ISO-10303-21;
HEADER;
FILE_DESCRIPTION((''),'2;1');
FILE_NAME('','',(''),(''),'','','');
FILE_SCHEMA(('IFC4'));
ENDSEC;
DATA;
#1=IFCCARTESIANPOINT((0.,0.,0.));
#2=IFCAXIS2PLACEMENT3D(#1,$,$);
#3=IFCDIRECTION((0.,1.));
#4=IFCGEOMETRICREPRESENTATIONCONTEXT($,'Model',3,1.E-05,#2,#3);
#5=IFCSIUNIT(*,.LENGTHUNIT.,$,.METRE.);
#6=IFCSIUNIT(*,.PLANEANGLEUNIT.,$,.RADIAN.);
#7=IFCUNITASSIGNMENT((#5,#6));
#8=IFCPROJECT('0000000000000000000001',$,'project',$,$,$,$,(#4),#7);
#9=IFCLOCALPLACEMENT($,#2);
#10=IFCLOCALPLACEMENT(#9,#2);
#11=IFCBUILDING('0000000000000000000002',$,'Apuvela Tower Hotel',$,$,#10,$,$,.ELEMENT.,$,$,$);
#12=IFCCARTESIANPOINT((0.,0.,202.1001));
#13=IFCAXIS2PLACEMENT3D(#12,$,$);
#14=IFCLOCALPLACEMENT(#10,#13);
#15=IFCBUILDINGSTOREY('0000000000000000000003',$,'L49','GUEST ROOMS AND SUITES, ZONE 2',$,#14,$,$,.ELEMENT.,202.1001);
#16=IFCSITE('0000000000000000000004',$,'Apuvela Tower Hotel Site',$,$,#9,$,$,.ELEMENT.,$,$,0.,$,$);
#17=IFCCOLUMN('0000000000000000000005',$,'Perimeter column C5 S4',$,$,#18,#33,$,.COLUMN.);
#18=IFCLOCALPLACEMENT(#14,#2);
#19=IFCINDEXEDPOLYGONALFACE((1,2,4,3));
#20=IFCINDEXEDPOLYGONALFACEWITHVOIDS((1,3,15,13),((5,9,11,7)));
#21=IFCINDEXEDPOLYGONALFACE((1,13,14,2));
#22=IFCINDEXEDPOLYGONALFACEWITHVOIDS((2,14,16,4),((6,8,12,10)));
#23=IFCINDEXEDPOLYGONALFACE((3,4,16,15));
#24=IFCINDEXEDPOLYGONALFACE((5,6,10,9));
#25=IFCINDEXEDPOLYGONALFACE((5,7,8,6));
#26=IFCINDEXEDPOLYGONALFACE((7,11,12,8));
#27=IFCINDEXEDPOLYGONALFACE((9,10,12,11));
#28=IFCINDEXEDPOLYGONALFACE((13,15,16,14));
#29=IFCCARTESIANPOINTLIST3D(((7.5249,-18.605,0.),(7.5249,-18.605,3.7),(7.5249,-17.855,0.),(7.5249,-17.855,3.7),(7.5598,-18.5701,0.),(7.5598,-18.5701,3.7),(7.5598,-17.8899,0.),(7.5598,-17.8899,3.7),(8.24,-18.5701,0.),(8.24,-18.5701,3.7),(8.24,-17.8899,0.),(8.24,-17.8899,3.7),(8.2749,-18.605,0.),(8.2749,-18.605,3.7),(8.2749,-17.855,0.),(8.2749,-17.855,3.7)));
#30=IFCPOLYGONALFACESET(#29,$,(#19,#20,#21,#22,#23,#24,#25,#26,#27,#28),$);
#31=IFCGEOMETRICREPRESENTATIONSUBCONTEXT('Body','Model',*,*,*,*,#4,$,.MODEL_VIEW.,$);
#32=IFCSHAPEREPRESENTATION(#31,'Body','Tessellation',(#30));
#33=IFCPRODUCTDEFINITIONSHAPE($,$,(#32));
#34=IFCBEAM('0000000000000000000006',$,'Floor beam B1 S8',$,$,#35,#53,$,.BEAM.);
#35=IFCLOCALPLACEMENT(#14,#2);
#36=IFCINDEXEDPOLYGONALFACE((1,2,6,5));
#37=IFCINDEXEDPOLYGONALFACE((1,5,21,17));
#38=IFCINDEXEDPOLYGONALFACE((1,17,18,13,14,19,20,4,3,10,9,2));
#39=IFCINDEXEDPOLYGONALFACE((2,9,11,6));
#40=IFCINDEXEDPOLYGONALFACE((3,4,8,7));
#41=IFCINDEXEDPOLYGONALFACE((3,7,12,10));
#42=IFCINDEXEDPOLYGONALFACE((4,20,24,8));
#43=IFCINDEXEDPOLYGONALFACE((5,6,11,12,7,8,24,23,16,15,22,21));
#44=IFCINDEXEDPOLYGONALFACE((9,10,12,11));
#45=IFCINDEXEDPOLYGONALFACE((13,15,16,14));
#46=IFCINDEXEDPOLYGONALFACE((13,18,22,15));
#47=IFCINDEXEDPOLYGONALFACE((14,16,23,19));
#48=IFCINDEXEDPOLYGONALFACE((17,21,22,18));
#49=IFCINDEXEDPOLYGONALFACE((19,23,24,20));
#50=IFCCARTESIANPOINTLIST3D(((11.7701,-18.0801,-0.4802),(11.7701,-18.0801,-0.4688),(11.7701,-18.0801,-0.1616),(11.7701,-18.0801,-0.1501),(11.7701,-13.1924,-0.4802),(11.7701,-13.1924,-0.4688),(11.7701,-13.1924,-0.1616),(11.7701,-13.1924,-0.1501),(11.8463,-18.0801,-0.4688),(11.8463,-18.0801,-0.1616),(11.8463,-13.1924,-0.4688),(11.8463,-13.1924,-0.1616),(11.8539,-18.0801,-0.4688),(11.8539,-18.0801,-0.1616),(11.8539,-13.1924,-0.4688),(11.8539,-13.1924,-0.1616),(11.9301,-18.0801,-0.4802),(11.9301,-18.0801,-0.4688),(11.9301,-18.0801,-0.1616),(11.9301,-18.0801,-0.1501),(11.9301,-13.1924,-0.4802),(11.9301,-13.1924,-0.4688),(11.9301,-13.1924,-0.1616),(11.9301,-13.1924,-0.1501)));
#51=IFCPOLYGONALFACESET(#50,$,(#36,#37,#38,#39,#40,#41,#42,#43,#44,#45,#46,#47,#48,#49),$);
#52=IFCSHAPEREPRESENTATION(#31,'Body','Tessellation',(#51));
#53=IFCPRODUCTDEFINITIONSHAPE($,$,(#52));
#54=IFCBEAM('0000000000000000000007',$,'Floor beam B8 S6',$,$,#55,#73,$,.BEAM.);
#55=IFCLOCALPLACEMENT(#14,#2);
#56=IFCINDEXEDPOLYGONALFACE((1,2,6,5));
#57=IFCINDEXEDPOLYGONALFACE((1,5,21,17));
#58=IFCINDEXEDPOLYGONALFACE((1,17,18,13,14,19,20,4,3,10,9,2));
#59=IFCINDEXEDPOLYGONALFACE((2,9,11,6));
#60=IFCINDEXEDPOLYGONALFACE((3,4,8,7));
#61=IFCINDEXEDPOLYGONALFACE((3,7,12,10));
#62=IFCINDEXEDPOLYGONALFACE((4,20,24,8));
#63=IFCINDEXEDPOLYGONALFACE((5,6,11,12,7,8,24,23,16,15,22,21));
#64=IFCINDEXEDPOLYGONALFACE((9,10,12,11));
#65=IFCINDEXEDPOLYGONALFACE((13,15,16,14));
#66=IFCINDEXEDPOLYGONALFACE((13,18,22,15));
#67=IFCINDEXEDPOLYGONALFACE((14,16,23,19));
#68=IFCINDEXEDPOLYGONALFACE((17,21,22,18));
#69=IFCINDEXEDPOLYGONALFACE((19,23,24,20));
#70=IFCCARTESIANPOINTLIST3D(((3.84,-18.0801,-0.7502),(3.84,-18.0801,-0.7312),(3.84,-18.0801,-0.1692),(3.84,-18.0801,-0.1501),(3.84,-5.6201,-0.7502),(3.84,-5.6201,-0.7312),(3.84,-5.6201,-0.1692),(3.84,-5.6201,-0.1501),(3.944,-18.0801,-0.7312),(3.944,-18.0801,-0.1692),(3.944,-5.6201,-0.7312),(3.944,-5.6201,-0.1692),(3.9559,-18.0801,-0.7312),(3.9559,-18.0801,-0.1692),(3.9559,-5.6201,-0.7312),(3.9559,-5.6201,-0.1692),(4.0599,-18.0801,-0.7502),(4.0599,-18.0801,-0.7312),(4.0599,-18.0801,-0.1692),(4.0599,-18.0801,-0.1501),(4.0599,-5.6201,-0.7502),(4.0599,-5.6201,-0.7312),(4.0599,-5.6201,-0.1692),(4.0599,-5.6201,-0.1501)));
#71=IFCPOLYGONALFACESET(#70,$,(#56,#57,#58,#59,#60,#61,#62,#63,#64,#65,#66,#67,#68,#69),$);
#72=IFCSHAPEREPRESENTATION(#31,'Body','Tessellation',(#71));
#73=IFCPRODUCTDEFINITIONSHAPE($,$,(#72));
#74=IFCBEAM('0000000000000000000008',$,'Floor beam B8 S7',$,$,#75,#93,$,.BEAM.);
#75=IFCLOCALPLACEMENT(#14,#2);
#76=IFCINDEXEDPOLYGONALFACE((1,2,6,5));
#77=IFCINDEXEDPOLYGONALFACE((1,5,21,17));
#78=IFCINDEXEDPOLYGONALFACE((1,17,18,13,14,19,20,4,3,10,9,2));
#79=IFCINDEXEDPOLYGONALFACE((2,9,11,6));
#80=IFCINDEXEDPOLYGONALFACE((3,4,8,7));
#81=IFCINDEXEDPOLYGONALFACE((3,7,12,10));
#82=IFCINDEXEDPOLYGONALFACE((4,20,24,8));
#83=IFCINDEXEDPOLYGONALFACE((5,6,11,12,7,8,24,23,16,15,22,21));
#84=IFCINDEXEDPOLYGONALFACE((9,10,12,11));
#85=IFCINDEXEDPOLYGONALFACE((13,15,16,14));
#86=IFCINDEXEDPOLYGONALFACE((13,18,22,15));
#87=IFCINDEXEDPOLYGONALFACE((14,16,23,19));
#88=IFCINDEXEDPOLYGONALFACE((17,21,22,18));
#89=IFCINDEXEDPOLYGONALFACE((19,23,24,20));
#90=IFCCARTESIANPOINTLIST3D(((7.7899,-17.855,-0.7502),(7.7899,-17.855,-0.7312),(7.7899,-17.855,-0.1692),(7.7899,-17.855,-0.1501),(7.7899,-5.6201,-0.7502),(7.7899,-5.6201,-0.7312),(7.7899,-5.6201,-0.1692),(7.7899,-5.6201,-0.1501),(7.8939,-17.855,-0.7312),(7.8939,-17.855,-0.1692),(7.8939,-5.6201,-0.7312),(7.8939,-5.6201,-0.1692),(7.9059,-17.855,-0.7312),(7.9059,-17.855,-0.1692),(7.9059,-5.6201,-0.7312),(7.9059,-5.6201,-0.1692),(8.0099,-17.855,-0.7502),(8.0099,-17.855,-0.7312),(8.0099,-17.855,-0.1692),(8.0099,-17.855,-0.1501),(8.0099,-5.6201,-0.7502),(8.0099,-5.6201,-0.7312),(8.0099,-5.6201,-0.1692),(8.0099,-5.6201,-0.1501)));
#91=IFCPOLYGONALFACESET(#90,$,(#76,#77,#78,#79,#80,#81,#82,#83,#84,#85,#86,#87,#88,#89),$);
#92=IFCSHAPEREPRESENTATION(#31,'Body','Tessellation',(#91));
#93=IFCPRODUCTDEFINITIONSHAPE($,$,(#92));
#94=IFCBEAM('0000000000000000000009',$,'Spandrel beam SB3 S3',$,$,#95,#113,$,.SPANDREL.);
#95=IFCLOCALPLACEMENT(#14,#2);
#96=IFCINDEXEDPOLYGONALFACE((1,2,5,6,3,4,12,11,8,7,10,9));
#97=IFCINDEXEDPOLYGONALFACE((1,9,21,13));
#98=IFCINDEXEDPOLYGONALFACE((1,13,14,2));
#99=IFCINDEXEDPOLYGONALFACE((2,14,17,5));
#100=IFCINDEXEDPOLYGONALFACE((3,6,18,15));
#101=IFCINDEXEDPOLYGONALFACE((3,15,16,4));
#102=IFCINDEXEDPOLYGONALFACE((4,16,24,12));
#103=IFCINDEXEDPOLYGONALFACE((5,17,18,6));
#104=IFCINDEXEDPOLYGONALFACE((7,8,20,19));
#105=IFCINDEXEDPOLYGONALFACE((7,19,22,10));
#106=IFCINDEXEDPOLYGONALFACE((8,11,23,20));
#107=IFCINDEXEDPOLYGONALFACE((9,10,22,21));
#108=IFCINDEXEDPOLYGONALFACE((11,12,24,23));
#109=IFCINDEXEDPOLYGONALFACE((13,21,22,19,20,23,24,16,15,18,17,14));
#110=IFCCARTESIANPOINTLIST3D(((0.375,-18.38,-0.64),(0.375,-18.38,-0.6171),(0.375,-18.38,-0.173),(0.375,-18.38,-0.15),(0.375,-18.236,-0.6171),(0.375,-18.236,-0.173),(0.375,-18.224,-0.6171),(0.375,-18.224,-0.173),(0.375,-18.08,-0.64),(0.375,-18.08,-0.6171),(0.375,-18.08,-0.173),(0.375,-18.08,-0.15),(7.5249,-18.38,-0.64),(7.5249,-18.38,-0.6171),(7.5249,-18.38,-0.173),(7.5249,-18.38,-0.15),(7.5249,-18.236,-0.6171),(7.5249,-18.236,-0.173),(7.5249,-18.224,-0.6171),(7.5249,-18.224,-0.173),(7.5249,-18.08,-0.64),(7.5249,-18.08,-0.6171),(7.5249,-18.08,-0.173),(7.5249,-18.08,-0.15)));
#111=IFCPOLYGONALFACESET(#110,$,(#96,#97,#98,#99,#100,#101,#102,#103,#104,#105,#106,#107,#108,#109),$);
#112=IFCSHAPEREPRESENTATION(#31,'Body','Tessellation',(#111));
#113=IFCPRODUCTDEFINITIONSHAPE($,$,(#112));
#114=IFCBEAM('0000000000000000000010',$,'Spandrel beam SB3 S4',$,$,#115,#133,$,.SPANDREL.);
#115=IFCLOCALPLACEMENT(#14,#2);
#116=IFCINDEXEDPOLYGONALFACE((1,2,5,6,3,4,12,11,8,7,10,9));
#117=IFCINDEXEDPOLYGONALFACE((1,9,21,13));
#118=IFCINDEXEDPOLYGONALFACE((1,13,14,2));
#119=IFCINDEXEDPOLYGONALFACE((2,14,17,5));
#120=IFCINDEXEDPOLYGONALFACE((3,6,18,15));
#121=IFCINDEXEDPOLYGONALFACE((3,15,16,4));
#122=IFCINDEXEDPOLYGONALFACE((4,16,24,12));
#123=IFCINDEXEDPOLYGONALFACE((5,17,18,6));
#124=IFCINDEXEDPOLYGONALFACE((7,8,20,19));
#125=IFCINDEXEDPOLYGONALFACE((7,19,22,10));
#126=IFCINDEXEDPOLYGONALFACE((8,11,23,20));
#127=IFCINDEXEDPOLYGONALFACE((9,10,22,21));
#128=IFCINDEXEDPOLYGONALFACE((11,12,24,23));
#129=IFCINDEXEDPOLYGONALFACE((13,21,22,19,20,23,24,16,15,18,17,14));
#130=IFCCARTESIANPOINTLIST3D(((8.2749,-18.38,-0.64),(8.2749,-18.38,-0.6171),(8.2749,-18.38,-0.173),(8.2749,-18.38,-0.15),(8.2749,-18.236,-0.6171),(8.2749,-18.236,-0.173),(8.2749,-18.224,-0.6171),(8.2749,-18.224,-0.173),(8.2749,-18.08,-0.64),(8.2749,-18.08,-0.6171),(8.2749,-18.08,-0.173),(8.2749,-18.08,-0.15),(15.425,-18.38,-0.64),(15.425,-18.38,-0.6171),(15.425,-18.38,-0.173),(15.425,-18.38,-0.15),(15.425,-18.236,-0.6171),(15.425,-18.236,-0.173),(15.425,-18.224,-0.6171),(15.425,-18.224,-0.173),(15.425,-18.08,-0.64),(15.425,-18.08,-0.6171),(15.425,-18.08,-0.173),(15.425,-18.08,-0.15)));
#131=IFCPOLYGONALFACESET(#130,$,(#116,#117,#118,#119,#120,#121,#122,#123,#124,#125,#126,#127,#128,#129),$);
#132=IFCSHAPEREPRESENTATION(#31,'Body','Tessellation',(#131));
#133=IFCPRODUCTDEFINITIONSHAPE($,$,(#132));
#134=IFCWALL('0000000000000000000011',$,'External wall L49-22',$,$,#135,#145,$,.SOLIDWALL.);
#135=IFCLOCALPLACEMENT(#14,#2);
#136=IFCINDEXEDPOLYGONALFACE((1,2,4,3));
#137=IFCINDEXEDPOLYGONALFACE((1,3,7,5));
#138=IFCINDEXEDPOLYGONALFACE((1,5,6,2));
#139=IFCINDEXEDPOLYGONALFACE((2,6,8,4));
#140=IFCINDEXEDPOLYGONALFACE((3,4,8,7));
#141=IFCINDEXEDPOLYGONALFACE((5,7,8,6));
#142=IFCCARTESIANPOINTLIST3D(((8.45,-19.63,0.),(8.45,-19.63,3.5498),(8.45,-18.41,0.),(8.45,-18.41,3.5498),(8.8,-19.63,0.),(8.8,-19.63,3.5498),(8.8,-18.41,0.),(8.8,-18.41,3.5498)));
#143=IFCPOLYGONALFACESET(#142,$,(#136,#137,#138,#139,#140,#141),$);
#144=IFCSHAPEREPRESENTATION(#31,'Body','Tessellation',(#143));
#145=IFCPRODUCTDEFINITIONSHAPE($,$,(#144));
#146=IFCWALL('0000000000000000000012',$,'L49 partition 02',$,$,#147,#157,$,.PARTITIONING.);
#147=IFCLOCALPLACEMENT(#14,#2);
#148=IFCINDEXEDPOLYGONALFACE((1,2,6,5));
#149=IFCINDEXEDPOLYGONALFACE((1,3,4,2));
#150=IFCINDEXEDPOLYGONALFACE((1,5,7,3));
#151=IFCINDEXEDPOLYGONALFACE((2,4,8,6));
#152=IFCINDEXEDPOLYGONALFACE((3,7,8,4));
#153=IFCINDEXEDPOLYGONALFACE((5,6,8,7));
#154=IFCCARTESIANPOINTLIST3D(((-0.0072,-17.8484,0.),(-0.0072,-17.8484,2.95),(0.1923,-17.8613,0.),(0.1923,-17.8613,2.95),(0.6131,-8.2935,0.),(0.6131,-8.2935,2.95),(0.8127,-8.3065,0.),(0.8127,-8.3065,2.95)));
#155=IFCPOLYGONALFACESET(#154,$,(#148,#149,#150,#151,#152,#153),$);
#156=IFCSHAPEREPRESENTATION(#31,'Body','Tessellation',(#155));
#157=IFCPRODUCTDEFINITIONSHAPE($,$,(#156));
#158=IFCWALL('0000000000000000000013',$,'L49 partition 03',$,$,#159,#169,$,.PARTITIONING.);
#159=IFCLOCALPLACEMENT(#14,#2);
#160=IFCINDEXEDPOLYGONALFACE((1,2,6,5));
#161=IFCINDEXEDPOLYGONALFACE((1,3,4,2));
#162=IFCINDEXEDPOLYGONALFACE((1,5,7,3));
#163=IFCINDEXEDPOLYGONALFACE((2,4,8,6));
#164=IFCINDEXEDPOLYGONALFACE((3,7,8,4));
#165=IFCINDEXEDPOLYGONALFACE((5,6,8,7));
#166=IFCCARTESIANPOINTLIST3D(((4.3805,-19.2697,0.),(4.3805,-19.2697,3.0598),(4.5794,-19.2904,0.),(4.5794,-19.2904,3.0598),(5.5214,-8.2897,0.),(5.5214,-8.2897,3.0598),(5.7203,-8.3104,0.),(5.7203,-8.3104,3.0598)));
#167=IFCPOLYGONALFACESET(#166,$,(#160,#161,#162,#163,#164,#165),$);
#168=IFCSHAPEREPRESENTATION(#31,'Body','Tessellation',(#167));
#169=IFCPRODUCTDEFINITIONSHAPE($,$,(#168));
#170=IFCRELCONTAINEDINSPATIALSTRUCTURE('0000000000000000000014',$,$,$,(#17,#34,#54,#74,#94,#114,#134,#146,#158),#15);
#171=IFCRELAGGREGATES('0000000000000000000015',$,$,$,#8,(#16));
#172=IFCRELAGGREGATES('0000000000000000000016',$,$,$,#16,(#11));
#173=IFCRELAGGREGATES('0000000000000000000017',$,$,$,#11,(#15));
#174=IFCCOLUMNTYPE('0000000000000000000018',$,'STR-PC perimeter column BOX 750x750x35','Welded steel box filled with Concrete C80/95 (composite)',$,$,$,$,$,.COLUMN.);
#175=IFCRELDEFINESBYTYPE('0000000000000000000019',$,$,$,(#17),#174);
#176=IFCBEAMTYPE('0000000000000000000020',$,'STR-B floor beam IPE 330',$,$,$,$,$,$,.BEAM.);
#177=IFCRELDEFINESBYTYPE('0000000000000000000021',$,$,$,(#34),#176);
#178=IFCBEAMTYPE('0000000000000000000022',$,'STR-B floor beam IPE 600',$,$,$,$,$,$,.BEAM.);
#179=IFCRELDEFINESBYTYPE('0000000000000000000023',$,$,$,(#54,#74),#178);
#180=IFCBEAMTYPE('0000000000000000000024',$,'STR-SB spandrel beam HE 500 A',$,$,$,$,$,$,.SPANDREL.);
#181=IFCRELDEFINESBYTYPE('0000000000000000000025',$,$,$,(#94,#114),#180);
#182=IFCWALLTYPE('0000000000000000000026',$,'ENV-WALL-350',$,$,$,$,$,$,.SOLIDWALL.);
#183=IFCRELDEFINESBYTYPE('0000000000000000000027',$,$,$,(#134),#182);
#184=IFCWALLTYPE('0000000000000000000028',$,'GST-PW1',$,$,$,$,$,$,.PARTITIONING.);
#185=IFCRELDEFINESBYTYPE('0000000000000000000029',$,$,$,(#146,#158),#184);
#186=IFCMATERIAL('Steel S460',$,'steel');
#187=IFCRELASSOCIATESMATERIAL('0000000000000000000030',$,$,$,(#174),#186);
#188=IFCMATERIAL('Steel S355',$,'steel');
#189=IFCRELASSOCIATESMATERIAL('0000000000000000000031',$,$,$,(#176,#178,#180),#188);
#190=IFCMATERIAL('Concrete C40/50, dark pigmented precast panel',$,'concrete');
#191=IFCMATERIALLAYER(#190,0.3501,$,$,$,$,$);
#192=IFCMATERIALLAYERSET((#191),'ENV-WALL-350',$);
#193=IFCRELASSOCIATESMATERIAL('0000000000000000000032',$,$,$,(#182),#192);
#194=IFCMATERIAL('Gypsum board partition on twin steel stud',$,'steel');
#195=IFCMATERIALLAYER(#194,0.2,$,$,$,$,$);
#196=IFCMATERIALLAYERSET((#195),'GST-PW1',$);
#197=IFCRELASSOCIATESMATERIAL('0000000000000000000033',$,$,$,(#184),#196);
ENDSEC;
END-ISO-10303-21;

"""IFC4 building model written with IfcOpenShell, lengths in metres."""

from ifc_helpers import new_model, si_unit, direction, frame, frame_2d, origin, origin_2d, place, context, subcontext, project, spatial, rectangle, hollow_rectangle, i_section, extrude, material, layer, layer_set, material_profile, profile_set, type_object, element, save


model = new_model("IFC4")

# Units and contexts
model_context = context("Model", 3, precision=1e-05, world=origin(), true_north=direction((0.0, 1.0)))
body_context = subcontext(model_context, "Body", "Model", "MODEL_VIEW")
ifc_project = project(units=[si_unit("LENGTHUNIT", "METRE"), si_unit("PLANEANGLEUNIT", "RADIAN")], contexts=[model_context])

# Site, building, storey
site_placement = place(None, origin())
site = spatial("IfcSite", under=ifc_project, at=site_placement, Name="Apuvela Tower Hotel Site", CompositionType="ELEMENT", RefElevation=0.0)
building_placement = place(site_placement, origin())
building = spatial("IfcBuilding", under=site, at=building_placement, Name="Apuvela Tower Hotel", CompositionType="ELEMENT")
storey_placement = place(building_placement, frame((0.0, 0.0, 202.1001)))
storey = spatial("IfcBuildingStorey", under=building, at=storey_placement, Name="L49", Description="GUEST ROOMS AND SUITES, ZONE 2", CompositionType="ELEMENT", Elevation=202.1001)

# Column
ifc_material_1 = material(Name="Steel S460", Category="steel")
ifc_material_profile_1 = material_profile(ifc_material_1, hollow_rectangle(XDim=0.75, YDim=0.75, WallThickness=0.0349, at=origin_2d()), Name="BOX 750x750x35")
ifc_material_2 = material(Name="Concrete C80/95", Category="concrete")
ifc_material_profile_2 = material_profile(ifc_material_2, rectangle(XDim=0.6799, YDim=0.6799, at=origin_2d()), Name="Concrete C80/95 infill")
ifc_profile_set_1 = profile_set([ifc_material_profile_1, ifc_material_profile_2], Name="Steel S460")
column_type = type_object("IfcColumnType", Name="STR-PC perimeter column BOX 750x750x35", Description="Welded steel box filled with Concrete C80/95 (composite)", PredefinedType="COLUMN", material=ifc_profile_set_1)
column_placement = place(storey_placement, frame((7.8999, -18.23, 0.0), z_axis=(0.0, 0.0, 1.0), x_axis=(-1.0, 0.0, 0.0)))
element("IfcColumn", 1, at=column_placement, inside=storey, type_object=column_type, Name="Perimeter column C5 S4", PredefinedType="COLUMN", context=body_context, shape_type="SweptSolid", body=[
    extrude(hollow_rectangle(XDim=0.75, YDim=0.75, WallThickness=0.0349, at=origin_2d()), origin(), (0.0, 0.0, 1.0), 3.7),
])

# Beams
ifc_material_3 = material(Name="Steel S355", Category="steel")
ifc_material_profile_3 = material_profile(ifc_material_3, i_section(OverallWidth=0.1599, OverallDepth=0.3301, WebThickness=0.0076, FlangeThickness=0.0115, at=origin_2d()), Name="IPE 330")
ifc_profile_set_2 = profile_set([ifc_material_profile_3], Name="Steel S355")
beam_type_1 = type_object("IfcBeamType", Name="STR-B floor beam IPE 330", PredefinedType="BEAM", material=ifc_profile_set_2)
beam_1_placement = place(storey_placement, frame((11.8501, -18.0801, -0.3152), z_axis=(0.0, 1.0, 0.0), x_axis=(-1.0, 0.0, 0.0)))
element("IfcBeam", 2, at=beam_1_placement, inside=storey, type_object=beam_type_1, Name="Floor beam B1 S8", PredefinedType="BEAM", context=body_context, shape_type="SweptSolid", body=[
    extrude(i_section(OverallWidth=0.1599, OverallDepth=0.3301, WebThickness=0.0076, FlangeThickness=0.0115, at=origin_2d()), origin(), (0.0, 0.0, 1.0), 4.8877),
])
ifc_material_profile_4 = material_profile(ifc_material_3, i_section(OverallWidth=0.22, OverallDepth=0.6001, WebThickness=0.012, FlangeThickness=0.019, at=origin_2d()), Name="IPE 600")
ifc_profile_set_3 = profile_set([ifc_material_profile_4], Name="Steel S355")
beam_type_2 = type_object("IfcBeamType", Name="STR-B floor beam IPE 600", PredefinedType="BEAM", material=ifc_profile_set_3)
beam_2_placement = place(storey_placement, frame((3.95, -18.0801, -0.4502), z_axis=(0.0, 1.0, 0.0), x_axis=(-1.0, 0.0, 0.0)))
element("IfcBeam", 3, at=beam_2_placement, inside=storey, type_object=beam_type_2, Name="Floor beam B8 S6", PredefinedType="BEAM", context=body_context, shape_type="SweptSolid", body=[
    extrude(i_section(OverallWidth=0.22, OverallDepth=0.6001, WebThickness=0.012, FlangeThickness=0.019, at=origin_2d()), origin(), (0.0, 0.0, 1.0), 12.46),
])
beam_3_placement = place(storey_placement, frame((7.8999, -17.855, -0.4502), z_axis=(0.0, 1.0, 0.0), x_axis=(-1.0, 0.0, 0.0)))
element("IfcBeam", 4, at=beam_3_placement, inside=storey, type_object=beam_type_2, Name="Floor beam B8 S7", PredefinedType="BEAM", context=body_context, shape_type="SweptSolid", body=[
    extrude(i_section(OverallWidth=0.22, OverallDepth=0.6001, WebThickness=0.012, FlangeThickness=0.019, at=origin_2d()), origin(), (0.0, 0.0, 1.0), 12.2349),
])
ifc_material_profile_5 = material_profile(ifc_material_3, i_section(OverallWidth=0.3, OverallDepth=0.49, WebThickness=0.012, FlangeThickness=0.0229, at=origin_2d()), Name="HE 500 A")
ifc_profile_set_4 = profile_set([ifc_material_profile_5], Name="Steel S355")
beam_type_3 = type_object("IfcBeamType", Name="STR-SB spandrel beam HE 500 A", PredefinedType="SPANDREL", material=ifc_profile_set_4)
beam_4_placement = place(storey_placement, frame((0.375, -18.23, -0.395), z_axis=(1.0, 0.0, 0.0), x_axis=(0.0, 1.0, 0.0)))
element("IfcBeam", 5, at=beam_4_placement, inside=storey, type_object=beam_type_3, Name="Spandrel beam SB3 S3", PredefinedType="SPANDREL", context=body_context, shape_type="SweptSolid", body=[
    extrude(i_section(OverallWidth=0.3, OverallDepth=0.49, WebThickness=0.012, FlangeThickness=0.0229, at=origin_2d()), origin(), (0.0, 0.0, 1.0), 7.1499),
])
beam_5_placement = place(storey_placement, frame((8.2749, -18.23, -0.395), z_axis=(1.0, 0.0, 0.0), x_axis=(0.0, 1.0, 0.0)))
element("IfcBeam", 6, at=beam_5_placement, inside=storey, type_object=beam_type_3, Name="Spandrel beam SB3 S4", PredefinedType="SPANDREL", context=body_context, shape_type="SweptSolid", body=[
    extrude(i_section(OverallWidth=0.3, OverallDepth=0.49, WebThickness=0.012, FlangeThickness=0.0229, at=origin_2d()), origin(), (0.0, 0.0, 1.0), 7.1501),
])

# Wall
ifc_material_4 = material(Name="Concrete C40/50, dark pigmented precast panel", Category="concrete")
ifc_layer_1 = layer(ifc_material_4, 0.3501)
ifc_layer_set_1 = layer_set([ifc_layer_1], Name="ENV-WALL-350")
wall_type_1 = type_object("IfcWallType", Name="ENV-WALL-350", PredefinedType="SOLIDWALL", material=ifc_layer_set_1)
wall_1_placement = place(storey_placement, frame((8.625, -19.6299, 0.0), z_axis=(0.0, 0.0, 1.0), x_axis=(0.0, 1.0, 0.0)))
element("IfcWall", 7, at=wall_1_placement, inside=storey, type_object=wall_type_1, Name="External wall L49-22", PredefinedType="SOLIDWALL", context=body_context, shape_type="SweptSolid", body=[
    extrude(rectangle(XDim=1.22, YDim=0.3501, at=frame_2d((0.6099, 0.0))), origin(), (0.0, 0.0, 1.0), 3.5498),
])

# Walls
ifc_material_5 = material(Name="Gypsum board partition on twin steel stud", Category="steel")
ifc_layer_2 = layer(ifc_material_5, 0.2)
ifc_layer_set_2 = layer_set([ifc_layer_2], Name="GST-PW1")
wall_type_2 = type_object("IfcWallType", Name="GST-PW1", PredefinedType="PARTITIONING", material=ifc_layer_set_2)
wall_2_placement = place(storey_placement, frame((0.0925, -17.855, 0.0), z_axis=(0.0, 0.0, 1.0), x_axis=(0.064789, 0.997899, 0.0)))
element("IfcWall", 8, at=wall_2_placement, inside=storey, type_object=wall_type_2, Name="L49 partition 02", PredefinedType="PARTITIONING", context=body_context, shape_type="SweptSolid", body=[
    extrude(rectangle(XDim=9.575, YDim=0.2, at=frame_2d((4.7876, 0.0))), origin(), (0.0, 0.0, 1.0), 2.95),
])
wall_3_placement = place(storey_placement, frame((4.48, -19.28, 0.0), z_axis=(0.0, 0.0, 1.0), x_axis=(0.103348, 0.994645, 0.0)))
element("IfcWall", 9, at=wall_3_placement, inside=storey, type_object=wall_type_2, Name="L49 partition 03", PredefinedType="PARTITIONING", context=body_context, shape_type="SweptSolid", body=[
    extrude(rectangle(XDim=11.0391, YDim=0.2, at=frame_2d((5.5195, 0.0))), origin(), (0.0, 0.0, 1.0), 3.0598),
])

save(model, "model.ifc")
